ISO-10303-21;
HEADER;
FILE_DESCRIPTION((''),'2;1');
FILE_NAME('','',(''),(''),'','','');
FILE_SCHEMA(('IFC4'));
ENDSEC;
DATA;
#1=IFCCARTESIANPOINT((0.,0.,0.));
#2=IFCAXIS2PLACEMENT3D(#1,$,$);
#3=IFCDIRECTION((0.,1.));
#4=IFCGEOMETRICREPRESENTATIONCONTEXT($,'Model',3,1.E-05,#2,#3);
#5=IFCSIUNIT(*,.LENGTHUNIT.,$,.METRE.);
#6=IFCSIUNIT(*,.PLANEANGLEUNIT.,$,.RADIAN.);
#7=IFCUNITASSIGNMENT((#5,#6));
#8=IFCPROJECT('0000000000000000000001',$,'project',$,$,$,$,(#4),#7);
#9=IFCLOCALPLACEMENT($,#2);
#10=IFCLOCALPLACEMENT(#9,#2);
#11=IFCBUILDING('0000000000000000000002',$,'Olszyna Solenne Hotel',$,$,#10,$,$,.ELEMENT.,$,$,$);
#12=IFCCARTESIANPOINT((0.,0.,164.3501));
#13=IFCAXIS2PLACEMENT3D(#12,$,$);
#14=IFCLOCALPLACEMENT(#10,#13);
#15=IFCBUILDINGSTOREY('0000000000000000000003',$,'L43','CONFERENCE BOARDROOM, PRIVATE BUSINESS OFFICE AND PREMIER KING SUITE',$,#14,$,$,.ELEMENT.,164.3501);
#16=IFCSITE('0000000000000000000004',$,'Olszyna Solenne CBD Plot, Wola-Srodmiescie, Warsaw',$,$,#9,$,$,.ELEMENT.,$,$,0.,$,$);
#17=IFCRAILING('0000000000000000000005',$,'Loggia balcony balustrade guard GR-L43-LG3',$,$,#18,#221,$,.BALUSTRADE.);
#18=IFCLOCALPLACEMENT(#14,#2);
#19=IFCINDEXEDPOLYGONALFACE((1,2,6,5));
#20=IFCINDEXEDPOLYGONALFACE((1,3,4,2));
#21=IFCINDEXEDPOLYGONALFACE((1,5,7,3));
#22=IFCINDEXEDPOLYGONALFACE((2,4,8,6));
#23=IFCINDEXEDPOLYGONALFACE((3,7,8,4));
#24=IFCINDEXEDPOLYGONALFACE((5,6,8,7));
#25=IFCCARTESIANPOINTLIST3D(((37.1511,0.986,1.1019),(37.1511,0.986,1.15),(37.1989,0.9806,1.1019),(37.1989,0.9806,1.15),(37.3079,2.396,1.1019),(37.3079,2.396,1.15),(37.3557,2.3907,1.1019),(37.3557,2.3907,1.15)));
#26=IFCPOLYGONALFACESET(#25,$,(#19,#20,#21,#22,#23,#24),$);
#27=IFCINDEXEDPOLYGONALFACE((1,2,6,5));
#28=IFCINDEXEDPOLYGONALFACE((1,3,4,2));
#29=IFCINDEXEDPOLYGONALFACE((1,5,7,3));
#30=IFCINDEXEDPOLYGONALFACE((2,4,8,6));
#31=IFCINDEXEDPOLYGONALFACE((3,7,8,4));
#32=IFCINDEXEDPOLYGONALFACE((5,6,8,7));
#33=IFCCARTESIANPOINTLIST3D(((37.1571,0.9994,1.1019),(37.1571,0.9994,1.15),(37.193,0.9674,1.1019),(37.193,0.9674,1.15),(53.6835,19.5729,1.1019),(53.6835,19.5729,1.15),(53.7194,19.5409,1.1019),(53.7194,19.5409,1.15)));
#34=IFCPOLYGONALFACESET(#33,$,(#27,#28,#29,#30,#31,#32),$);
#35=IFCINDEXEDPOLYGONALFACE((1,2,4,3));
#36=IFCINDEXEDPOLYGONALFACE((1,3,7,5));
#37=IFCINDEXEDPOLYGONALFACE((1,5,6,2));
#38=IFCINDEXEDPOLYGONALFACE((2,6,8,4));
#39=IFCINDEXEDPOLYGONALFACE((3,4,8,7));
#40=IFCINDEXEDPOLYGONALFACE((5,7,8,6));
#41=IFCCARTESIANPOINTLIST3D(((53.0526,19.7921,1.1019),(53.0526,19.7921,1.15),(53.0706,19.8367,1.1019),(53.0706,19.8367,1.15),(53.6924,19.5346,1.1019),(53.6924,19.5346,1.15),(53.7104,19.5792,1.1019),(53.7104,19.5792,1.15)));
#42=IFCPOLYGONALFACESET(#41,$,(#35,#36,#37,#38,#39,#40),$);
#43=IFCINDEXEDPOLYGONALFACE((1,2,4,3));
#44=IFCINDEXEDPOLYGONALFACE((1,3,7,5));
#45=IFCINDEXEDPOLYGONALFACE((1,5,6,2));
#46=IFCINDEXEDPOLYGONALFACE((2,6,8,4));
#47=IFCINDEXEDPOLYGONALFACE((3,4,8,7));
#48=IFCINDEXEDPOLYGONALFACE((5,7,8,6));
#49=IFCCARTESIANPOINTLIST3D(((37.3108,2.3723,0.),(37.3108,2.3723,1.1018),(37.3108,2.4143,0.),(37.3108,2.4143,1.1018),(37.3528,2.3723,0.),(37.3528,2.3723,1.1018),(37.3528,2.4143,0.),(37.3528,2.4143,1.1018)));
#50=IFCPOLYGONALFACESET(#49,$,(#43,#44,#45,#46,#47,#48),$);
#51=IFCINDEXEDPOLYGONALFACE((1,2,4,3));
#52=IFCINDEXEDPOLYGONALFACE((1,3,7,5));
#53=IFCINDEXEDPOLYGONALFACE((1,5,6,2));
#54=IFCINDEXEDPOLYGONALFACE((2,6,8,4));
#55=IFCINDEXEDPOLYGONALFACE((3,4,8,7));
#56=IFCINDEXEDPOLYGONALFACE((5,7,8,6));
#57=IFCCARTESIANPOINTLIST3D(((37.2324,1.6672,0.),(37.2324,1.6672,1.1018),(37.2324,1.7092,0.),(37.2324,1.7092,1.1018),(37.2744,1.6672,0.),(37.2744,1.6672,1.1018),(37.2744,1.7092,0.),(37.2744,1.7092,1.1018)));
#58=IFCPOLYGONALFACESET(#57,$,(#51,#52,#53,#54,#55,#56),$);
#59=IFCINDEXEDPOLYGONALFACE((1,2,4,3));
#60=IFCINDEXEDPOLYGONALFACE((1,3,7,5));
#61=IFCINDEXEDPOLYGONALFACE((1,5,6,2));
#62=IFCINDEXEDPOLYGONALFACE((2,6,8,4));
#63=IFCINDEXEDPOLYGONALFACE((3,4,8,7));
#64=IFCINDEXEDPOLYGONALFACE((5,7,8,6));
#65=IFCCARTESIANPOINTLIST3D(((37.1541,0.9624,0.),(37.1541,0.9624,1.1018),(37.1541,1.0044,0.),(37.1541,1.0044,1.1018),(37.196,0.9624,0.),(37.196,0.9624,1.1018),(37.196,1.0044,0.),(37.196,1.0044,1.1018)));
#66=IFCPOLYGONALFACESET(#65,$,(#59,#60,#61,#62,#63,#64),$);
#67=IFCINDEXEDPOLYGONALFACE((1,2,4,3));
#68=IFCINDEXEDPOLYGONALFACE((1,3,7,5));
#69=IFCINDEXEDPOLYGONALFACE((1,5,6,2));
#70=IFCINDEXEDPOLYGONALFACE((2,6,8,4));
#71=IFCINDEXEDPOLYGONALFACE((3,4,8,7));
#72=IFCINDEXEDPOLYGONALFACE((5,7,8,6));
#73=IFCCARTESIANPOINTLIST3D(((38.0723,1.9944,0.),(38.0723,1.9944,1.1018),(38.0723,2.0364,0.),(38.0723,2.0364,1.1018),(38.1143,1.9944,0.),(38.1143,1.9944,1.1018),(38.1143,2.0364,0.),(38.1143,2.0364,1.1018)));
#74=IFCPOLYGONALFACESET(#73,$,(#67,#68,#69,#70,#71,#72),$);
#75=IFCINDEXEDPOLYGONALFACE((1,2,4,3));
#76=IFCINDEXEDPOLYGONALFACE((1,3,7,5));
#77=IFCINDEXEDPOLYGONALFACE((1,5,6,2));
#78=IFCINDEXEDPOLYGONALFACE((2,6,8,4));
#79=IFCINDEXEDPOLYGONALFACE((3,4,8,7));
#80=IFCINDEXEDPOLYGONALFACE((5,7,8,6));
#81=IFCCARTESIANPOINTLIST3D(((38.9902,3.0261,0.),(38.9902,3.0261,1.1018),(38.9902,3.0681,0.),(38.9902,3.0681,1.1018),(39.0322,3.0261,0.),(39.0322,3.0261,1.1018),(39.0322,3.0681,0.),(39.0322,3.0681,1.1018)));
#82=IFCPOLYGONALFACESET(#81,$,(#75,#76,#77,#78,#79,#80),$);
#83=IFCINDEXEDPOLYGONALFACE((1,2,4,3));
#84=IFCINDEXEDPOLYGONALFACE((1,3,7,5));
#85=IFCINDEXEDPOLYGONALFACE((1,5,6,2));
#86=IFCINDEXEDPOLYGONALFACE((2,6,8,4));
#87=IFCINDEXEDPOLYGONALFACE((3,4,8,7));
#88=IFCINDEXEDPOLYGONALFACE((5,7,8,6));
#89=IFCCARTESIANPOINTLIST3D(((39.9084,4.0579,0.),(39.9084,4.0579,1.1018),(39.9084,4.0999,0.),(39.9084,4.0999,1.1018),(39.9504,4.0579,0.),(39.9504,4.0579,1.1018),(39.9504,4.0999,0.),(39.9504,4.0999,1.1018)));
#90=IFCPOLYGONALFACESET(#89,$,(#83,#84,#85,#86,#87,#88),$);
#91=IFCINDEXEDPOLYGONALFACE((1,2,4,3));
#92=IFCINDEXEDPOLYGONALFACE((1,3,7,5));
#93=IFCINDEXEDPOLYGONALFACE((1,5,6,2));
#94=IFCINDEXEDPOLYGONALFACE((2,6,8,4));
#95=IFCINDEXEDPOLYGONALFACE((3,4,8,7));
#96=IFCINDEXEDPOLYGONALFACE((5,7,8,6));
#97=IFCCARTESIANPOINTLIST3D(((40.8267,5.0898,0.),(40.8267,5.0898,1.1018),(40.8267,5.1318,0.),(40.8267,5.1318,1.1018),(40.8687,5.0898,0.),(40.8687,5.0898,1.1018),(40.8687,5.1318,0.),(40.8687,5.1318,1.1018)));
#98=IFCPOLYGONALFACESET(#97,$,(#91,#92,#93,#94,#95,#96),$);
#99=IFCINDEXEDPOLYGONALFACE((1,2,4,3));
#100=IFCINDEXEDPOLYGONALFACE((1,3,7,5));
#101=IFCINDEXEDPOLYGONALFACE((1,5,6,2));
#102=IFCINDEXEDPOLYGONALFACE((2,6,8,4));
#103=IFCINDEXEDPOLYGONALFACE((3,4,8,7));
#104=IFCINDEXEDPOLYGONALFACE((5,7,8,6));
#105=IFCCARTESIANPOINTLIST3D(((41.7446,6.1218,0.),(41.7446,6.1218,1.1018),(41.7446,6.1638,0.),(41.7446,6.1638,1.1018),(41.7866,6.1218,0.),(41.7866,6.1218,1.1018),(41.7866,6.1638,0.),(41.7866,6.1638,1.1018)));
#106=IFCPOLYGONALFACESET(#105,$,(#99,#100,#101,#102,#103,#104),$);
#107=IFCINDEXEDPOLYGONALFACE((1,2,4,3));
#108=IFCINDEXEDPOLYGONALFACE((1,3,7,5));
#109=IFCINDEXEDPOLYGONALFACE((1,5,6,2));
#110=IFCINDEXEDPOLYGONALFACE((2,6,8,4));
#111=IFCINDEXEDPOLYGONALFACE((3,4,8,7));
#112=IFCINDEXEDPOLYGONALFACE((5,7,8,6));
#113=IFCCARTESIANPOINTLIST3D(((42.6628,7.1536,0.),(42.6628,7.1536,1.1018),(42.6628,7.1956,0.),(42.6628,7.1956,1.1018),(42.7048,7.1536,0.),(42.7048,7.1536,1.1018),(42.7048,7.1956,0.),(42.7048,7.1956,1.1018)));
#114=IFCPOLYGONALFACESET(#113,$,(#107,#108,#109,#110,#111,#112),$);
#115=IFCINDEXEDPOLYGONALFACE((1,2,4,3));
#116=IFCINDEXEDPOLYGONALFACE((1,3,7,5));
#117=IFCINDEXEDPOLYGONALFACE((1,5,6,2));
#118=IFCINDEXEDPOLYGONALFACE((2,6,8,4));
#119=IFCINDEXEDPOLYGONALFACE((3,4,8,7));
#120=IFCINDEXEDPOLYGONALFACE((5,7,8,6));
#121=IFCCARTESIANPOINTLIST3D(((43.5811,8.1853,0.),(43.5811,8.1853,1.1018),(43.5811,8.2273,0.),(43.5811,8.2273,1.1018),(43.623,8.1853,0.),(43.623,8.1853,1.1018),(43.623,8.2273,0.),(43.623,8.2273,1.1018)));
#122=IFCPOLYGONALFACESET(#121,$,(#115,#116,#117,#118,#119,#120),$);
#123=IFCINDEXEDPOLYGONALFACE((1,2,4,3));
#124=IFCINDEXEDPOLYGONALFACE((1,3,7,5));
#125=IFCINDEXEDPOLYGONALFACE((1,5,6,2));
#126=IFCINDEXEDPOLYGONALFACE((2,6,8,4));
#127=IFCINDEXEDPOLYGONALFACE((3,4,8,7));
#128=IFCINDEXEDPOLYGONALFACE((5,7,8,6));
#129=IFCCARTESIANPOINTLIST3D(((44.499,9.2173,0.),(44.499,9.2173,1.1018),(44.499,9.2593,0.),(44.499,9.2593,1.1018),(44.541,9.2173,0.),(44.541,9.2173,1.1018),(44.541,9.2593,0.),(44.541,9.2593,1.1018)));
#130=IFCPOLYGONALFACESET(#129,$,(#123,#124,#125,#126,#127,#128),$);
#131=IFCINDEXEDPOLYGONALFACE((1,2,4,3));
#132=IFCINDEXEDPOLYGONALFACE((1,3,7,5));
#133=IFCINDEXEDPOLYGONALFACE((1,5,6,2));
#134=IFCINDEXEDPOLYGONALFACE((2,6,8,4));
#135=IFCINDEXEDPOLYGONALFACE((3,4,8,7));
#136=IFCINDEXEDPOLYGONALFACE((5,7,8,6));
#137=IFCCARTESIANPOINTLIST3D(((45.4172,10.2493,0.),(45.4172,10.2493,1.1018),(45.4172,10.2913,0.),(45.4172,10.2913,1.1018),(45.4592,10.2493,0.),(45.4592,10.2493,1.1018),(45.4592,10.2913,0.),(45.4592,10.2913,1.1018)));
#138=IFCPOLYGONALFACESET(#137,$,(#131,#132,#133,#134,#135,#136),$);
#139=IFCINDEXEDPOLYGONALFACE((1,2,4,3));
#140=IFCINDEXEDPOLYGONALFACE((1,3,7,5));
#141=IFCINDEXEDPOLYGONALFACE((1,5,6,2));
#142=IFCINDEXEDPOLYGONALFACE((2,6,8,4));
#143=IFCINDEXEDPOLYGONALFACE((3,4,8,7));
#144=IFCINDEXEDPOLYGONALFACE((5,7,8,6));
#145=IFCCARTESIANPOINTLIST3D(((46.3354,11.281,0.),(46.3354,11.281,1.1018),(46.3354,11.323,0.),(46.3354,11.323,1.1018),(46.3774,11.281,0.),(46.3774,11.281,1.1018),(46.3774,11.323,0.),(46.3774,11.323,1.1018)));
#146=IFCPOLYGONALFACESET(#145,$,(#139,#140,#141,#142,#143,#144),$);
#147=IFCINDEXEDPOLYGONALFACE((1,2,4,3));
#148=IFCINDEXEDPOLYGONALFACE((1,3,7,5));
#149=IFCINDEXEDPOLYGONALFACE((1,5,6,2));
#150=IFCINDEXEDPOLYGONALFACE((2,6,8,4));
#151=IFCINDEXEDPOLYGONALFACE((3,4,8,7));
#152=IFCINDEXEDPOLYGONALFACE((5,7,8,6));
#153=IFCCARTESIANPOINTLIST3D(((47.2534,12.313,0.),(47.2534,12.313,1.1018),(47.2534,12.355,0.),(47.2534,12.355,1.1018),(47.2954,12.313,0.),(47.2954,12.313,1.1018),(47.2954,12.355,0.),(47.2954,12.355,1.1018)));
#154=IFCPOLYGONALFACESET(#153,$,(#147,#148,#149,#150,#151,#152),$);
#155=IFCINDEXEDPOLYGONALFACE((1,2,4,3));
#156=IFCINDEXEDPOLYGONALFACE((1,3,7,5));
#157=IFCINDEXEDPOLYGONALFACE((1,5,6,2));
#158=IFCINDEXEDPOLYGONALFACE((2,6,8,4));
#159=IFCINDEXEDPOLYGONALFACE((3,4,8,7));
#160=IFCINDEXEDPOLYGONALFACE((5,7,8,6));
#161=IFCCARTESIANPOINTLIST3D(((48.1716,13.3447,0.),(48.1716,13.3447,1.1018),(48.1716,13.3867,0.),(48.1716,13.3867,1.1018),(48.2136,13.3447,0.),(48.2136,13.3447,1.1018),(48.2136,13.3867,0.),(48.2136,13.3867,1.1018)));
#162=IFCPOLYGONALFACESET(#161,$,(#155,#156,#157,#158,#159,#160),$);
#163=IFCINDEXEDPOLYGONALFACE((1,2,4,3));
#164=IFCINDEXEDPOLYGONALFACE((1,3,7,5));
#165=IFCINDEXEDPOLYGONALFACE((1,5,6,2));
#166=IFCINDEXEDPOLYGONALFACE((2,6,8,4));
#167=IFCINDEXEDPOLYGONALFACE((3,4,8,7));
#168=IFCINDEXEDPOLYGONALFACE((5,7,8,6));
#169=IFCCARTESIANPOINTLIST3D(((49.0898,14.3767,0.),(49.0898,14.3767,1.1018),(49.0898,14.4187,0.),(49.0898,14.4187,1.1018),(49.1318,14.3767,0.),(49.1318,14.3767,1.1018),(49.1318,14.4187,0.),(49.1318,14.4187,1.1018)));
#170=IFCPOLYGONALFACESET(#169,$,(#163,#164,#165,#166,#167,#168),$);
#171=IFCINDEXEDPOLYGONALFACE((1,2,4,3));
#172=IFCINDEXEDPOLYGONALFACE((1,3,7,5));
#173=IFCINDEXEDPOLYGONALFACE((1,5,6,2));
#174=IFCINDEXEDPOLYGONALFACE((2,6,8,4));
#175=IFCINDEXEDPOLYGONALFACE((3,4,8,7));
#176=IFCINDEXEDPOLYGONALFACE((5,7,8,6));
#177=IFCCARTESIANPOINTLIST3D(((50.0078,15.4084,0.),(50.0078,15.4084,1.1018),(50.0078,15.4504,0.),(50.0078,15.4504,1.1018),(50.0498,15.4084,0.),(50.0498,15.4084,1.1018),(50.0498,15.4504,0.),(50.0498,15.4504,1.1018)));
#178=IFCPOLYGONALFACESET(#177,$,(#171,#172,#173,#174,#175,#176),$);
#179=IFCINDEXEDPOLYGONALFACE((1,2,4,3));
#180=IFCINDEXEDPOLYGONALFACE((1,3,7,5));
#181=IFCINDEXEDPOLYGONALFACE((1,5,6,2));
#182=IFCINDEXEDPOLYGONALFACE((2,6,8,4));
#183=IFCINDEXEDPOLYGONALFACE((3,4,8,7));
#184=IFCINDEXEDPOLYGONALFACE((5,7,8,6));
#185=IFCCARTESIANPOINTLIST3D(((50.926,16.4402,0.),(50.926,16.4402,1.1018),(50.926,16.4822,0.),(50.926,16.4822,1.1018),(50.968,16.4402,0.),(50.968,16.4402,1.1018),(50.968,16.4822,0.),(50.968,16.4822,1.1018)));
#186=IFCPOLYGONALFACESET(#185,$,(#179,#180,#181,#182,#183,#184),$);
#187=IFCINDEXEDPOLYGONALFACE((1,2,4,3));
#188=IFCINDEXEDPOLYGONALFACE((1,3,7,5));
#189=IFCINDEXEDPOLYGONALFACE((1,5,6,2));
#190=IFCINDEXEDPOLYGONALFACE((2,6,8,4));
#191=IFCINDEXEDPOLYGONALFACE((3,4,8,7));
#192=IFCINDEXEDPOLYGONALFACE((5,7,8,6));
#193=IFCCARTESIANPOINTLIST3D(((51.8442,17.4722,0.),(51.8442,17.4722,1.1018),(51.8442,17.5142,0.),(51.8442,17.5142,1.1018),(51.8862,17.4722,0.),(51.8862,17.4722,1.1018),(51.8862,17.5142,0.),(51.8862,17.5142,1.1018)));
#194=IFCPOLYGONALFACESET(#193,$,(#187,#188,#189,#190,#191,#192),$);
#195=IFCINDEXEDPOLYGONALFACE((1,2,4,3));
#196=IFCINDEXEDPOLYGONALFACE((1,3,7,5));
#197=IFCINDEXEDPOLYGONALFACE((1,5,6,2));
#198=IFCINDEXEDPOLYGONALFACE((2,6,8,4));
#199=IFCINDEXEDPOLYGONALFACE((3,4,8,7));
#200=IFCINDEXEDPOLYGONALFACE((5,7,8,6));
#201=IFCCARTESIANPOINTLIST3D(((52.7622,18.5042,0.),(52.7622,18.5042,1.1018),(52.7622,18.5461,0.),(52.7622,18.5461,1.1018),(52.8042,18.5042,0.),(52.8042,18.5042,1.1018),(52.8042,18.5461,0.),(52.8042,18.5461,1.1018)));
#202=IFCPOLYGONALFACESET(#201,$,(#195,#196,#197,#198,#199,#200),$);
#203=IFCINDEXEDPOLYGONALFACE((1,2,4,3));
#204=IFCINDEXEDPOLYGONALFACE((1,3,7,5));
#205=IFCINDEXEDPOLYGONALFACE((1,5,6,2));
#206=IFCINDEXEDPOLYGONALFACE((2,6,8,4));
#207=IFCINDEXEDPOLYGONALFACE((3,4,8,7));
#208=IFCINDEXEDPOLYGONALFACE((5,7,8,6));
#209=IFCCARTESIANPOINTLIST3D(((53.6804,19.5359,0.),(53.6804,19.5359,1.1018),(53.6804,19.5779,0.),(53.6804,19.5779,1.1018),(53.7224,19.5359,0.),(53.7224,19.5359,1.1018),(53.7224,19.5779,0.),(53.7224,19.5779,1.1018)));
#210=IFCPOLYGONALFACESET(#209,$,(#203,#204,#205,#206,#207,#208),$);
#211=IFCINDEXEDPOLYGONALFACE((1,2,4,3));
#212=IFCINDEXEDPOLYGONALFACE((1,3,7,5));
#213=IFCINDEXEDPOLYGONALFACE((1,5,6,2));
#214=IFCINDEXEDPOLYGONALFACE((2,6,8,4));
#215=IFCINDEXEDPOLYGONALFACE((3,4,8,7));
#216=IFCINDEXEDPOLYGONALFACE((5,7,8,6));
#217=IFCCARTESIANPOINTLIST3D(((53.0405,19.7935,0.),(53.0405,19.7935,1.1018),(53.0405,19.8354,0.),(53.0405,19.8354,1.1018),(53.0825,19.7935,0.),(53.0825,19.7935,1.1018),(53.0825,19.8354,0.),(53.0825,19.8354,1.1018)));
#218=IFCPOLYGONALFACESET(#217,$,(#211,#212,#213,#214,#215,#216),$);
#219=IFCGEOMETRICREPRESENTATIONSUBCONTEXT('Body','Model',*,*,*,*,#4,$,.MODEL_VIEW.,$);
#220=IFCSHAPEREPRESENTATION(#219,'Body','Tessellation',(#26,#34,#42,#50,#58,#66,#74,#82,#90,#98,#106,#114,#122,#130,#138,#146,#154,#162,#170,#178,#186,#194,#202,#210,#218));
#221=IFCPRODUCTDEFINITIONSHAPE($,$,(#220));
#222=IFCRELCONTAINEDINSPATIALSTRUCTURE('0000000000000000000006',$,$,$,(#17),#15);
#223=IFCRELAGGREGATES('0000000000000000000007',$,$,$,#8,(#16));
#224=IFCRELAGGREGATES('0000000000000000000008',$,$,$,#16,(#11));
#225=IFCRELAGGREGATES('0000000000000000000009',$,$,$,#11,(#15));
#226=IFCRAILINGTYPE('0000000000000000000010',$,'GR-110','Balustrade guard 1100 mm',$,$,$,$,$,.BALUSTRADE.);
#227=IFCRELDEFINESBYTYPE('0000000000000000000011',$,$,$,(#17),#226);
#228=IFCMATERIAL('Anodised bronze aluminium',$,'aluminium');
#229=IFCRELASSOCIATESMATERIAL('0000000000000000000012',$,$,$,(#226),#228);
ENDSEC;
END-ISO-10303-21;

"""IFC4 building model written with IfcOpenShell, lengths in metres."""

from ifc_helpers import new_model, si_unit, direction, frame, origin, origin_2d, place, context, subcontext, project, spatial, rectangle, extrude, material, type_object, element, save


model = new_model("IFC4")

# Units and contexts
model_context = context("Model", 3, precision=1e-05, world=origin(), true_north=direction((0.0, 1.0)))
body_context = subcontext(model_context, "Body", "Model", "MODEL_VIEW")
ifc_project = project(units=[si_unit("LENGTHUNIT", "METRE"), si_unit("PLANEANGLEUNIT", "RADIAN")], contexts=[model_context])

# Site, building, storey
site_placement = place(None, origin())
site = spatial("IfcSite", under=ifc_project, at=site_placement, Name="Olszyna Solenne CBD Plot, Wola-Srodmiescie, Warsaw", CompositionType="ELEMENT", RefElevation=0.0)
building_placement = place(site_placement, origin())
building = spatial("IfcBuilding", under=site, at=building_placement, Name="Olszyna Solenne Hotel", CompositionType="ELEMENT")
storey_placement = place(building_placement, frame((0.0, 0.0, 164.3501)))
storey = spatial("IfcBuildingStorey", under=building, at=storey_placement, Name="L43", Description="CONFERENCE BOARDROOM, PRIVATE BUSINESS OFFICE AND PREMIER KING SUITE", CompositionType="ELEMENT", Elevation=164.3501)

# Shared definitions
ifc_material_1 = material(Name="Anodised bronze aluminium", Category="aluminium")

# Railing
railing_type = type_object("IfcRailingType", Name="GR-110", Description="Balustrade guard 1100 mm", PredefinedType="BALUSTRADE", material=ifc_material_1)
railing_1_placement = place(storey_placement, frame((37.3318, 2.3933, 0.0)))
element("IfcRailing", 1, at=railing_1_placement, inside=storey, type_object=railing_type, Name="Loggia balcony balustrade guard GR-L43-LG3", PredefinedType="BALUSTRADE", context=body_context, shape_type="SweptSolid", body=[
    extrude(rectangle(XDim=0.0481, YDim=0.0481, at=origin_2d()), frame((0.0, 0.0, 1.126), z_axis=(-0.110488, -0.993877, 0.0), x_axis=(0.993877, -0.110488, 0.0)), (0.0, 0.0, 1.0), 1.4187),
    extrude(rectangle(XDim=0.0481, YDim=0.0481, at=origin_2d()), frame((-0.1567, -1.4099, 1.126), z_axis=(0.664737, 0.747078, 0.0), x_axis=(-0.747078, 0.664737, 0.0)), (0.0, 0.0, 1.0), 24.8616),
    extrude(rectangle(XDim=0.0481, YDim=0.0481, at=origin_2d()), frame((16.3696, 17.1636, 1.126), z_axis=(-0.927669, 0.373404, 0.0), x_axis=(-0.373404, -0.927669, 0.0)), (0.0, 0.0, 1.0), 0.6897),
    extrude(rectangle(XDim=0.042, YDim=0.042, at=origin_2d()), origin(), (0.0, 0.0, 1.0), 1.1018),
    extrude(rectangle(XDim=0.042, YDim=0.042, at=origin_2d()), frame((-0.0784, -0.7051, 0.0)), (0.0, 0.0, 1.0), 1.1018),
    extrude(rectangle(XDim=0.042, YDim=0.042, at=origin_2d()), frame((-0.1567, -1.4099, 0.0)), (0.0, 0.0, 1.0), 1.1018),
    extrude(rectangle(XDim=0.042, YDim=0.042, at=origin_2d()), frame((0.7615, -0.3779, 0.0)), (0.0, 0.0, 1.0), 1.1018),
    extrude(rectangle(XDim=0.042, YDim=0.042, at=origin_2d()), frame((1.6794, 0.6538, 0.0)), (0.0, 0.0, 1.0), 1.1018),
    extrude(rectangle(XDim=0.042, YDim=0.042, at=origin_2d()), frame((2.5977, 1.6855, 0.0)), (0.0, 0.0, 1.0), 1.1018),
    extrude(rectangle(XDim=0.042, YDim=0.042, at=origin_2d()), frame((3.5159, 2.7175, 0.0)), (0.0, 0.0, 1.0), 1.1018),
    extrude(rectangle(XDim=0.042, YDim=0.042, at=origin_2d()), frame((4.4338, 3.7495, 0.0)), (0.0, 0.0, 1.0), 1.1018),
    extrude(rectangle(XDim=0.042, YDim=0.042, at=origin_2d()), frame((5.3521, 4.7812, 0.0)), (0.0, 0.0, 1.0), 1.1018),
    extrude(rectangle(XDim=0.042, YDim=0.042, at=origin_2d()), frame((6.2703, 5.813, 0.0)), (0.0, 0.0, 1.0), 1.1018),
    extrude(rectangle(XDim=0.042, YDim=0.042, at=origin_2d()), frame((7.1882, 6.845, 0.0)), (0.0, 0.0, 1.0), 1.1018),
    extrude(rectangle(XDim=0.042, YDim=0.042, at=origin_2d()), frame((8.1064, 7.877, 0.0)), (0.0, 0.0, 1.0), 1.1018),
    extrude(rectangle(XDim=0.042, YDim=0.042, at=origin_2d()), frame((9.0247, 8.9087, 0.0)), (0.0, 0.0, 1.0), 1.1018),
    extrude(rectangle(XDim=0.042, YDim=0.042, at=origin_2d()), frame((9.9426, 9.9407, 0.0)), (0.0, 0.0, 1.0), 1.1018),
    extrude(rectangle(XDim=0.042, YDim=0.042, at=origin_2d()), frame((10.8608, 10.9724, 0.0)), (0.0, 0.0, 1.0), 1.1018),
    extrude(rectangle(XDim=0.042, YDim=0.042, at=origin_2d()), frame((11.7791, 12.0044, 0.0)), (0.0, 0.0, 1.0), 1.1018),
    extrude(rectangle(XDim=0.042, YDim=0.042, at=origin_2d()), frame((12.697, 13.0361, 0.0)), (0.0, 0.0, 1.0), 1.1018),
    extrude(rectangle(XDim=0.042, YDim=0.042, at=origin_2d()), frame((13.6152, 14.0679, 0.0)), (0.0, 0.0, 1.0), 1.1018),
    extrude(rectangle(XDim=0.042, YDim=0.042, at=origin_2d()), frame((14.5334, 15.0999, 0.0)), (0.0, 0.0, 1.0), 1.1018),
    extrude(rectangle(XDim=0.042, YDim=0.042, at=origin_2d()), frame((15.4514, 16.1318, 0.0)), (0.0, 0.0, 1.0), 1.1018),
    extrude(rectangle(XDim=0.042, YDim=0.042, at=origin_2d()), frame((16.3696, 17.1636, 0.0)), (0.0, 0.0, 1.0), 1.1018),
    extrude(rectangle(XDim=0.042, YDim=0.042, at=origin_2d()), frame((15.7297, 17.4211, 0.0)), (0.0, 0.0, 1.0), 1.1018),
])

save(model, "model.ifc")
